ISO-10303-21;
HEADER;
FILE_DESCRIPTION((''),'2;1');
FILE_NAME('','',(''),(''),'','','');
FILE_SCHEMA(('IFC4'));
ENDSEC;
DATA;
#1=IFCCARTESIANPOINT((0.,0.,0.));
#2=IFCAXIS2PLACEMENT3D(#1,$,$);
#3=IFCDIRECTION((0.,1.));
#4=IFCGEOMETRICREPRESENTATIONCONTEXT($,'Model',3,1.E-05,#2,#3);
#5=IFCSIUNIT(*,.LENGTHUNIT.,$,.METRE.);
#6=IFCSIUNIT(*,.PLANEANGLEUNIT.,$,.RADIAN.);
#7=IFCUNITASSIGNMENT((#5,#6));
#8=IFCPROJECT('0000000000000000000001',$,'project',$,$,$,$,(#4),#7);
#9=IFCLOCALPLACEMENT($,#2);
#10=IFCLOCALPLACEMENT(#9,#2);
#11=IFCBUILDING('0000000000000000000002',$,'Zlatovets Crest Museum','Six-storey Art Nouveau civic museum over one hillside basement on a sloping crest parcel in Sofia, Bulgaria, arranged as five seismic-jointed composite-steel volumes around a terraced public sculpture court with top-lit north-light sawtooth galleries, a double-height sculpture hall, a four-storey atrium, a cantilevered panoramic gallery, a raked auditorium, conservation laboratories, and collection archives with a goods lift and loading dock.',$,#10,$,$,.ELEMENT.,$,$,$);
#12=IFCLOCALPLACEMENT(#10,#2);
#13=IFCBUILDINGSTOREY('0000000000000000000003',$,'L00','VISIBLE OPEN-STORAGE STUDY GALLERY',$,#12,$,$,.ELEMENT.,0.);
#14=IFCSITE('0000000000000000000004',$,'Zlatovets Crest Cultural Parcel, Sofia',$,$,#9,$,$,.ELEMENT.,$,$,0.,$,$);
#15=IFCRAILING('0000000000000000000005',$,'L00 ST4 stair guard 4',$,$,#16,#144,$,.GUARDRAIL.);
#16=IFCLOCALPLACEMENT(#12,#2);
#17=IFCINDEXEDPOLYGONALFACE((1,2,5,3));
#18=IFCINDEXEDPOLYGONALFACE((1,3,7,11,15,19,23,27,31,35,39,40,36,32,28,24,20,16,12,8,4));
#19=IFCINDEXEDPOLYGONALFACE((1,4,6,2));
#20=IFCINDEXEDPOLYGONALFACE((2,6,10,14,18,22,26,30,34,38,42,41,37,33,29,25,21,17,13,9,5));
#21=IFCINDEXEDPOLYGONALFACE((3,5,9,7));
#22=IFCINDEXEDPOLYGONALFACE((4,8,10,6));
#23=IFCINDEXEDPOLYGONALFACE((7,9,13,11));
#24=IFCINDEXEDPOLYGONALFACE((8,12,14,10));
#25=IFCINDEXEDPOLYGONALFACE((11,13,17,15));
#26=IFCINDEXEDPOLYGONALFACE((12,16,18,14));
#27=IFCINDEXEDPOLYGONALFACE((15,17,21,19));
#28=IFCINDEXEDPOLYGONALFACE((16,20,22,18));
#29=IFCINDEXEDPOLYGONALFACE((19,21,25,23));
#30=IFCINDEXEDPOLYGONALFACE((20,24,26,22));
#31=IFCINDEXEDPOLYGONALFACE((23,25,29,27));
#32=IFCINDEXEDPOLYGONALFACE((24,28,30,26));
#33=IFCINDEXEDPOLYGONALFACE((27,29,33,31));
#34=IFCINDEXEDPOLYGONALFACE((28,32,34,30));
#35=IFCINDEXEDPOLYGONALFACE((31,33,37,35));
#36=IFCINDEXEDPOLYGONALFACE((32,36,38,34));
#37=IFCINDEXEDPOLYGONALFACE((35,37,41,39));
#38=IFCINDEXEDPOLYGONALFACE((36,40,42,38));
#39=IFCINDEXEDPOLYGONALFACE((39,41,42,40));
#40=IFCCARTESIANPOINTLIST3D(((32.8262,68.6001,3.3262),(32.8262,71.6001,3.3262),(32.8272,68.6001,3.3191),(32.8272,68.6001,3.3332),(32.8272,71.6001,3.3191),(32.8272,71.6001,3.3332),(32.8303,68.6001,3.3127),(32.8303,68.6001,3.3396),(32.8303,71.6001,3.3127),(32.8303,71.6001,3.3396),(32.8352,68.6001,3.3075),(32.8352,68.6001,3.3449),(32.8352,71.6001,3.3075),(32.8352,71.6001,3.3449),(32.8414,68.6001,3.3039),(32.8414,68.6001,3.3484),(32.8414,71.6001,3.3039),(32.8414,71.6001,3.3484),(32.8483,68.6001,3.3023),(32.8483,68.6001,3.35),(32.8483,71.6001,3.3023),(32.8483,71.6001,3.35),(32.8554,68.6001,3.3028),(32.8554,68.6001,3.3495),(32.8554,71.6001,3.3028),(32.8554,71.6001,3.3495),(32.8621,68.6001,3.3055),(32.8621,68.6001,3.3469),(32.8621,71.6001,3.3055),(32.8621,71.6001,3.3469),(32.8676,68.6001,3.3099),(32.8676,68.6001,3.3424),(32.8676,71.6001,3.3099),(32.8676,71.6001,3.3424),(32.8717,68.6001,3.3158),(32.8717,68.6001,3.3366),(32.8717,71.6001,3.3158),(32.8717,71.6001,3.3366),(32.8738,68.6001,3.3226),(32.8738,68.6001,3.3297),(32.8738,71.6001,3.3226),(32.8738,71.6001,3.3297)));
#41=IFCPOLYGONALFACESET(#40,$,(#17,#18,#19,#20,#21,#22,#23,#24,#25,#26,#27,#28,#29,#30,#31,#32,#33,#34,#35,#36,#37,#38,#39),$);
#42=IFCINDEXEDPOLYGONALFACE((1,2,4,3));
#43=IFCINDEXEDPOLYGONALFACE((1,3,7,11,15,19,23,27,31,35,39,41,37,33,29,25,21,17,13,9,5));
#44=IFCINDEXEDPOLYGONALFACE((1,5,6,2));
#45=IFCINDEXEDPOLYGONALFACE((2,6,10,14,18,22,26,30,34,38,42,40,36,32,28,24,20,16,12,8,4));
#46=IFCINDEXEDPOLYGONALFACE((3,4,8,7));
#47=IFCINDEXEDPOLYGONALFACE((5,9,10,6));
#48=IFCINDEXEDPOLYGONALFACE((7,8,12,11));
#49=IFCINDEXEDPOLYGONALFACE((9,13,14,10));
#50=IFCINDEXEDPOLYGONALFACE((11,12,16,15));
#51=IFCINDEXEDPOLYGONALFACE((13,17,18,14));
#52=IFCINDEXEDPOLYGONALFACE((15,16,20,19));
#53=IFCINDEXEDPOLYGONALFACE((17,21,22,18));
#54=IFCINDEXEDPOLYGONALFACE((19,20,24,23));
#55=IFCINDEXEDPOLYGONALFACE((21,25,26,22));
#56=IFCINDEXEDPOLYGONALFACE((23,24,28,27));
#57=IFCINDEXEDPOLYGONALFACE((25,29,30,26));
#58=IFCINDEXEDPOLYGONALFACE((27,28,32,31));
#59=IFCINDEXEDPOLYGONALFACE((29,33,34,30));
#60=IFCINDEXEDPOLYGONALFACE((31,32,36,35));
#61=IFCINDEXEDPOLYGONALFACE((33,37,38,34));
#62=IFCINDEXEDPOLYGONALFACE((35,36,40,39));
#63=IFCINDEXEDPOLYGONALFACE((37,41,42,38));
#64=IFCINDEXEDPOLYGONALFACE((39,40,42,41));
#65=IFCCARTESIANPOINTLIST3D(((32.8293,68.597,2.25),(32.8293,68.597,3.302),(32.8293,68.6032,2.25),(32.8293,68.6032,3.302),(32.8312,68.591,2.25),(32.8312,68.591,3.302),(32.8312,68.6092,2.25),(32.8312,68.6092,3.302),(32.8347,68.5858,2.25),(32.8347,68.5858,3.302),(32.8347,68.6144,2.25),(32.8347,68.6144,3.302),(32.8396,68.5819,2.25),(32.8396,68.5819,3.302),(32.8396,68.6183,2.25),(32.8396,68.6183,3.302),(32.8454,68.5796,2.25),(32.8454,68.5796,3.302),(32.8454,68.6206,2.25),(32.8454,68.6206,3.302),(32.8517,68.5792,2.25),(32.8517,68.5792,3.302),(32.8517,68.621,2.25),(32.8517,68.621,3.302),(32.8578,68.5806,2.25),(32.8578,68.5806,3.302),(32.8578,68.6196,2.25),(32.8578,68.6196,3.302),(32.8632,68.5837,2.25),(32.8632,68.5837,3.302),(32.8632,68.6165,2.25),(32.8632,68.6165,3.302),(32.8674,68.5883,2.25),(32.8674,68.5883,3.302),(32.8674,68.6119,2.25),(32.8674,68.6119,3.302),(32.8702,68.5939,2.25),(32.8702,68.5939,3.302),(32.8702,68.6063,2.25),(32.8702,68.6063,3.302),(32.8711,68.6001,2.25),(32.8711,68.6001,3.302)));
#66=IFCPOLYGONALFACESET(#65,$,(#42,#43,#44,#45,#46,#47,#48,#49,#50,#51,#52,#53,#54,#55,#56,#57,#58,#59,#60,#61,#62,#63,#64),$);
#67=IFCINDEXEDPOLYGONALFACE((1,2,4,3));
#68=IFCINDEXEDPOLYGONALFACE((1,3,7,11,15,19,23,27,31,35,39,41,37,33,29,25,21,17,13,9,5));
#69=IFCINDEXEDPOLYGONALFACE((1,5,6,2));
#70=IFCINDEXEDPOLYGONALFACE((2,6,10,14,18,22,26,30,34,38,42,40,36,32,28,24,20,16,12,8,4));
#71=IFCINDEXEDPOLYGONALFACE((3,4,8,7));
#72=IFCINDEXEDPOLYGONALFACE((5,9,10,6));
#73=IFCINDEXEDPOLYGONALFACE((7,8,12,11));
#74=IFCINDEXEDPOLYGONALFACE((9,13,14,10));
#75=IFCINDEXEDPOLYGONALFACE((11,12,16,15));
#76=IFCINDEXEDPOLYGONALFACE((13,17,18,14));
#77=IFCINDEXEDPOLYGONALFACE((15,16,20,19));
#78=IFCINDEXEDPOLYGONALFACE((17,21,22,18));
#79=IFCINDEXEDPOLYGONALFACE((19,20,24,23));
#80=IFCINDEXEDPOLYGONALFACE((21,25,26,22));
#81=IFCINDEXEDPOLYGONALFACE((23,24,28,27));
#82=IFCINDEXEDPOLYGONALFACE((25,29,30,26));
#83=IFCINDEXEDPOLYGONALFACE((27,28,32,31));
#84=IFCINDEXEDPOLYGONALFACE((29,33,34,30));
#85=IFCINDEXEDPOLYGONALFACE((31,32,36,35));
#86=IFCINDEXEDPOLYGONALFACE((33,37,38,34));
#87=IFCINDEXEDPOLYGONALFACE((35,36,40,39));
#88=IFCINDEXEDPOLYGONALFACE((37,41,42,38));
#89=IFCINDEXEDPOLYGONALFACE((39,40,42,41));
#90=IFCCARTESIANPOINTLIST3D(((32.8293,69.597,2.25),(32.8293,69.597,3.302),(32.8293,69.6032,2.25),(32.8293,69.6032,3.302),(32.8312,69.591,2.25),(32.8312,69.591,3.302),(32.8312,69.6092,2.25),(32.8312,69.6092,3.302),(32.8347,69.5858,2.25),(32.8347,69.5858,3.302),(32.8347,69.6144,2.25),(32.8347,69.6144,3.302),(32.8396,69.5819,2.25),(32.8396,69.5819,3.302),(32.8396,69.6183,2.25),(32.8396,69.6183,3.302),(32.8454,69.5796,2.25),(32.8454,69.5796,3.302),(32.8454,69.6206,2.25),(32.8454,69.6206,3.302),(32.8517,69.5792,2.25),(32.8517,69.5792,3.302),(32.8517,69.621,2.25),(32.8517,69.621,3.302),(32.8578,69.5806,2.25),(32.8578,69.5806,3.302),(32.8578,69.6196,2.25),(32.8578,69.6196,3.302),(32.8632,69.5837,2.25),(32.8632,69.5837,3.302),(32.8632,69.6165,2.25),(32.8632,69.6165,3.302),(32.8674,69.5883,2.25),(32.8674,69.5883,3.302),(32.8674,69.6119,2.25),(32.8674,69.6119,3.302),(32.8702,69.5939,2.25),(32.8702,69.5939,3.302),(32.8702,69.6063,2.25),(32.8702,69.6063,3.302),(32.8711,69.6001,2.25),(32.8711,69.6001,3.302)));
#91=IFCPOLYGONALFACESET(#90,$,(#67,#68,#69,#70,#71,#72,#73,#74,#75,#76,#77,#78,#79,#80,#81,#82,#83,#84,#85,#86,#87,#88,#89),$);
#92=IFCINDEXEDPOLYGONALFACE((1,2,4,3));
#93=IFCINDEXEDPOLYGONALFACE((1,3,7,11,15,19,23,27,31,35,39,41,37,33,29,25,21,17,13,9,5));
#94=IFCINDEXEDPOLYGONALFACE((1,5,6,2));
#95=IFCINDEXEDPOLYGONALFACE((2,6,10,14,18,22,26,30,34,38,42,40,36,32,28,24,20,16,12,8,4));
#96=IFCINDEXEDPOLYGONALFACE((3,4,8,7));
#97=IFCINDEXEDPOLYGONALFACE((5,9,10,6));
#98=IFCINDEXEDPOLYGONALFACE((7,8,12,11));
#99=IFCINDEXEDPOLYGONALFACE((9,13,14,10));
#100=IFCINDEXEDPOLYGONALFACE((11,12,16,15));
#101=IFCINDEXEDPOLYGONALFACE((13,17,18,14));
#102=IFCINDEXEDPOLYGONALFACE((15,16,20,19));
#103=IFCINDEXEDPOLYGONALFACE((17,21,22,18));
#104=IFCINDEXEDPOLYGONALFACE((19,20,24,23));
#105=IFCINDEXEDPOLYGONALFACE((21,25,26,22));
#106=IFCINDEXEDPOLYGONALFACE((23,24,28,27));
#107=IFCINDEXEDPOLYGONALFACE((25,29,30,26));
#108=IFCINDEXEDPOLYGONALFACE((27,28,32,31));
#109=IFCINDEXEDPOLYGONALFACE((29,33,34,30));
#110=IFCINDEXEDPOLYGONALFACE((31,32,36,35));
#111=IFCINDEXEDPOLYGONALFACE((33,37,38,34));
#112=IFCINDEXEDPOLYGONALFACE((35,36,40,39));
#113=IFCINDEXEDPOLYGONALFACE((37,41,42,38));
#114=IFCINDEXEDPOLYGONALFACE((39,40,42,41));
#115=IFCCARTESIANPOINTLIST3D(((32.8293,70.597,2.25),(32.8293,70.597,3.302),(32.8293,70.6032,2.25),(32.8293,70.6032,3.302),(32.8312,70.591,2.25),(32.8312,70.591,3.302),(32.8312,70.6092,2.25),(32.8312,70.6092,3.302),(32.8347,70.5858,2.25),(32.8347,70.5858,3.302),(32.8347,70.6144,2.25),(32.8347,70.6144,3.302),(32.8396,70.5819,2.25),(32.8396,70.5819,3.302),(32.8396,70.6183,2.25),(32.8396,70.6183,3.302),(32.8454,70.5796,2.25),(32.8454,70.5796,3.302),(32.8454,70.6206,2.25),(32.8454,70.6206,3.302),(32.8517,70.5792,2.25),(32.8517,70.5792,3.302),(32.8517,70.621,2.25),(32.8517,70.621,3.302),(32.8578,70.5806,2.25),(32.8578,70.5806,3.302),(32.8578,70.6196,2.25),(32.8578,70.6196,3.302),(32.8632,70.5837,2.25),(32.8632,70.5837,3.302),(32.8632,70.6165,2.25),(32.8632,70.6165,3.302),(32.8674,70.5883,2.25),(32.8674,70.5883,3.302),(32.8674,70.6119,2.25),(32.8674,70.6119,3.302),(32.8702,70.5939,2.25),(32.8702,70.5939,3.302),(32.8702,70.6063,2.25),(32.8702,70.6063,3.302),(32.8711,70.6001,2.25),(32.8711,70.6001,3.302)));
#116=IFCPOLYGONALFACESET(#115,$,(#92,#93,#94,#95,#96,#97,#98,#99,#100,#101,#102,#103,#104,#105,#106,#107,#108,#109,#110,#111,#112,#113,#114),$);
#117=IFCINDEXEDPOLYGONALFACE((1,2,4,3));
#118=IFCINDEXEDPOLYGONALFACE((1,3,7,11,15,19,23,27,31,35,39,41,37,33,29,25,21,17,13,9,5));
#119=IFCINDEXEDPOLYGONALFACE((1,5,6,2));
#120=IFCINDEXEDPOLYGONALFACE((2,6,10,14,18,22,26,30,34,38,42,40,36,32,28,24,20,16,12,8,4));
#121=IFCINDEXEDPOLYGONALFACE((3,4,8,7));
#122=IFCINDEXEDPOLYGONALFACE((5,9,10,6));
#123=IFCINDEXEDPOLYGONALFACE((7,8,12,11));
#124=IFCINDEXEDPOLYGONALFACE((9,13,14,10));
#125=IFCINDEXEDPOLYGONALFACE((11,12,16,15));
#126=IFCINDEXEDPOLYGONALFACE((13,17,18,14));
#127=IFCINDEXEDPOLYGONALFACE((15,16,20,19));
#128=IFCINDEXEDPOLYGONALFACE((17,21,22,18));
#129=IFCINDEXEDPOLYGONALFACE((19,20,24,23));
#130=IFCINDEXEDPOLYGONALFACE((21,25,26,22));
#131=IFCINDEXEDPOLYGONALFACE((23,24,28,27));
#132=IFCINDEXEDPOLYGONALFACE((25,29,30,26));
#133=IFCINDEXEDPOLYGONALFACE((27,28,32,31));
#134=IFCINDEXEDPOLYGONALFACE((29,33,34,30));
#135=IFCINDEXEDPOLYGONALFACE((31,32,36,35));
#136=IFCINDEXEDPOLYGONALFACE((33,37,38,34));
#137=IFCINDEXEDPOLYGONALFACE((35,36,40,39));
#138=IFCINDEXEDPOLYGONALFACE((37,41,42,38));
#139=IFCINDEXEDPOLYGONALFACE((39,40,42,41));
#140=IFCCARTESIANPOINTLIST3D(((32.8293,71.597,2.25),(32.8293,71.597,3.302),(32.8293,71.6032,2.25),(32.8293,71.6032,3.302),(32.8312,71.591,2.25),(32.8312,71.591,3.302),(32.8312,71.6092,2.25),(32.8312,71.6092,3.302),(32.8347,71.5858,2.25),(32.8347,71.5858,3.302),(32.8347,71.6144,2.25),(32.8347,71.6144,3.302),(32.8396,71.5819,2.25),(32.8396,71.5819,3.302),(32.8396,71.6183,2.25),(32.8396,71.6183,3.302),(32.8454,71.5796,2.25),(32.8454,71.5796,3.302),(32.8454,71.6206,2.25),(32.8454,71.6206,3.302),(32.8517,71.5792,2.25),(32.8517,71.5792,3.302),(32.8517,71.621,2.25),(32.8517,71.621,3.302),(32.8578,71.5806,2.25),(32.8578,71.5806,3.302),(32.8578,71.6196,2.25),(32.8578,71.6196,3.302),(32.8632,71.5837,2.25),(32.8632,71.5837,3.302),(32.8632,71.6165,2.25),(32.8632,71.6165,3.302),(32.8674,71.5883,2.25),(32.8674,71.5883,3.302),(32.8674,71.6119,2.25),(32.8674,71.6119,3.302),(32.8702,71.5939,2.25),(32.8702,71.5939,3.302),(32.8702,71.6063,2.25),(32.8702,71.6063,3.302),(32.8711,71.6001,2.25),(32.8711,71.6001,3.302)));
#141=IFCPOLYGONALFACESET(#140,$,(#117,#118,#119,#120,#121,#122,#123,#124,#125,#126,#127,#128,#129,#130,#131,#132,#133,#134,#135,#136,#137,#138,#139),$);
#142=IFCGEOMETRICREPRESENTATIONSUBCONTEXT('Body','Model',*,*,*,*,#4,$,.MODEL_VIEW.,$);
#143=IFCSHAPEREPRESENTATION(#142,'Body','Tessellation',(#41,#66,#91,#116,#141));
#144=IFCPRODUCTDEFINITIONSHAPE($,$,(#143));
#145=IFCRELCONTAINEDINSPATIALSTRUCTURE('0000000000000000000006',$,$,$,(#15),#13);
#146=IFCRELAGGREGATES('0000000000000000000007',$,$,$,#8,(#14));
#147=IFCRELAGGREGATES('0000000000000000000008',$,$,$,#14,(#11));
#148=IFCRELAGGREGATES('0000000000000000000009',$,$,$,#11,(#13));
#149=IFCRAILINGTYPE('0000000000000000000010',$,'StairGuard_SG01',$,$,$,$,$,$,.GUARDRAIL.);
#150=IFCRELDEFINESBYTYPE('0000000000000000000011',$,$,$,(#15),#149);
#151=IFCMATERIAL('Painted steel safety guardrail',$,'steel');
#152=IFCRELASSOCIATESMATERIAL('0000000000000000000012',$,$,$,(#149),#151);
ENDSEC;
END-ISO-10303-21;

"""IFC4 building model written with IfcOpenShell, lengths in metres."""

from ifc_helpers import new_model, si_unit, direction, frame, origin, origin_2d, place, context, subcontext, project, spatial, circle, extrude, material, type_object, element, save


model = new_model("IFC4")

# Units and contexts
model_context = context("Model", 3, precision=1e-05, world=origin(), true_north=direction((0.0, 1.0)))
body_context = subcontext(model_context, "Body", "Model", "MODEL_VIEW")
ifc_project = project(units=[si_unit("LENGTHUNIT", "METRE"), si_unit("PLANEANGLEUNIT", "RADIAN")], contexts=[model_context])

# Site, building, storey
site_placement = place(None, origin())
site = spatial("IfcSite", under=ifc_project, at=site_placement, Name="Zlatovets Crest Cultural Parcel, Sofia", CompositionType="ELEMENT", RefElevation=0.0)
building_placement = place(site_placement, origin())
building = spatial("IfcBuilding", under=site, at=building_placement, Name="Zlatovets Crest Museum", Description="Six-storey Art Nouveau civic museum over one hillside basement on a sloping crest parcel in Sofia, Bulgaria, arranged as five seismic-jointed composite-steel volumes around a terraced public sculpture court with top-lit north-light sawtooth galleries, a double-height sculpture hall, a four-storey atrium, a cantilevered panoramic gallery, a raked auditorium, conservation laboratories, and collection archives with a goods lift and loading dock.", CompositionType="ELEMENT")
storey_placement = place(building_placement, origin())
storey = spatial("IfcBuildingStorey", under=building, at=storey_placement, Name="L00", Description="VISIBLE OPEN-STORAGE STUDY GALLERY", CompositionType="ELEMENT", Elevation=0.0)

# Railing
ifc_material_1 = material(Name="Painted steel safety guardrail", Category="steel")
railing_type_1 = type_object("IfcRailingType", Name="StairGuard_SG01", PredefinedType="GUARDRAIL", material=ifc_material_1)
railing_1_placement = place(storey_placement, frame((32.8501, 68.6001, 2.25)))
element("IfcRailing", 1, at=railing_1_placement, inside=storey, type_object=railing_type_1, Name="L00 ST4 stair guard 4", PredefinedType="GUARDRAIL", context=body_context, shape_type="SweptSolid", body=[
    extrude(circle(Radius=0.0239, at=origin_2d()), frame((0.0, 0.0, 1.0762), z_axis=(0.0, 1.0, 0.0), x_axis=(-1.0, 0.0, 0.0)), (0.0, 0.0, 1.0), 3.0),
    extrude(circle(Radius=0.021, at=origin_2d()), origin(), (0.0, 0.0, 1.0), 1.052),
    extrude(circle(Radius=0.021, at=origin_2d()), frame((0.0, 1.0, 0.0)), (0.0, 0.0, 1.0), 1.052),
    extrude(circle(Radius=0.021, at=origin_2d()), frame((0.0, 2.0, 0.0)), (0.0, 0.0, 1.0), 1.052),
    extrude(circle(Radius=0.021, at=origin_2d()), frame((0.0, 3.0, 0.0)), (0.0, 0.0, 1.0), 1.052),
])

save(model, "model.ifc")
